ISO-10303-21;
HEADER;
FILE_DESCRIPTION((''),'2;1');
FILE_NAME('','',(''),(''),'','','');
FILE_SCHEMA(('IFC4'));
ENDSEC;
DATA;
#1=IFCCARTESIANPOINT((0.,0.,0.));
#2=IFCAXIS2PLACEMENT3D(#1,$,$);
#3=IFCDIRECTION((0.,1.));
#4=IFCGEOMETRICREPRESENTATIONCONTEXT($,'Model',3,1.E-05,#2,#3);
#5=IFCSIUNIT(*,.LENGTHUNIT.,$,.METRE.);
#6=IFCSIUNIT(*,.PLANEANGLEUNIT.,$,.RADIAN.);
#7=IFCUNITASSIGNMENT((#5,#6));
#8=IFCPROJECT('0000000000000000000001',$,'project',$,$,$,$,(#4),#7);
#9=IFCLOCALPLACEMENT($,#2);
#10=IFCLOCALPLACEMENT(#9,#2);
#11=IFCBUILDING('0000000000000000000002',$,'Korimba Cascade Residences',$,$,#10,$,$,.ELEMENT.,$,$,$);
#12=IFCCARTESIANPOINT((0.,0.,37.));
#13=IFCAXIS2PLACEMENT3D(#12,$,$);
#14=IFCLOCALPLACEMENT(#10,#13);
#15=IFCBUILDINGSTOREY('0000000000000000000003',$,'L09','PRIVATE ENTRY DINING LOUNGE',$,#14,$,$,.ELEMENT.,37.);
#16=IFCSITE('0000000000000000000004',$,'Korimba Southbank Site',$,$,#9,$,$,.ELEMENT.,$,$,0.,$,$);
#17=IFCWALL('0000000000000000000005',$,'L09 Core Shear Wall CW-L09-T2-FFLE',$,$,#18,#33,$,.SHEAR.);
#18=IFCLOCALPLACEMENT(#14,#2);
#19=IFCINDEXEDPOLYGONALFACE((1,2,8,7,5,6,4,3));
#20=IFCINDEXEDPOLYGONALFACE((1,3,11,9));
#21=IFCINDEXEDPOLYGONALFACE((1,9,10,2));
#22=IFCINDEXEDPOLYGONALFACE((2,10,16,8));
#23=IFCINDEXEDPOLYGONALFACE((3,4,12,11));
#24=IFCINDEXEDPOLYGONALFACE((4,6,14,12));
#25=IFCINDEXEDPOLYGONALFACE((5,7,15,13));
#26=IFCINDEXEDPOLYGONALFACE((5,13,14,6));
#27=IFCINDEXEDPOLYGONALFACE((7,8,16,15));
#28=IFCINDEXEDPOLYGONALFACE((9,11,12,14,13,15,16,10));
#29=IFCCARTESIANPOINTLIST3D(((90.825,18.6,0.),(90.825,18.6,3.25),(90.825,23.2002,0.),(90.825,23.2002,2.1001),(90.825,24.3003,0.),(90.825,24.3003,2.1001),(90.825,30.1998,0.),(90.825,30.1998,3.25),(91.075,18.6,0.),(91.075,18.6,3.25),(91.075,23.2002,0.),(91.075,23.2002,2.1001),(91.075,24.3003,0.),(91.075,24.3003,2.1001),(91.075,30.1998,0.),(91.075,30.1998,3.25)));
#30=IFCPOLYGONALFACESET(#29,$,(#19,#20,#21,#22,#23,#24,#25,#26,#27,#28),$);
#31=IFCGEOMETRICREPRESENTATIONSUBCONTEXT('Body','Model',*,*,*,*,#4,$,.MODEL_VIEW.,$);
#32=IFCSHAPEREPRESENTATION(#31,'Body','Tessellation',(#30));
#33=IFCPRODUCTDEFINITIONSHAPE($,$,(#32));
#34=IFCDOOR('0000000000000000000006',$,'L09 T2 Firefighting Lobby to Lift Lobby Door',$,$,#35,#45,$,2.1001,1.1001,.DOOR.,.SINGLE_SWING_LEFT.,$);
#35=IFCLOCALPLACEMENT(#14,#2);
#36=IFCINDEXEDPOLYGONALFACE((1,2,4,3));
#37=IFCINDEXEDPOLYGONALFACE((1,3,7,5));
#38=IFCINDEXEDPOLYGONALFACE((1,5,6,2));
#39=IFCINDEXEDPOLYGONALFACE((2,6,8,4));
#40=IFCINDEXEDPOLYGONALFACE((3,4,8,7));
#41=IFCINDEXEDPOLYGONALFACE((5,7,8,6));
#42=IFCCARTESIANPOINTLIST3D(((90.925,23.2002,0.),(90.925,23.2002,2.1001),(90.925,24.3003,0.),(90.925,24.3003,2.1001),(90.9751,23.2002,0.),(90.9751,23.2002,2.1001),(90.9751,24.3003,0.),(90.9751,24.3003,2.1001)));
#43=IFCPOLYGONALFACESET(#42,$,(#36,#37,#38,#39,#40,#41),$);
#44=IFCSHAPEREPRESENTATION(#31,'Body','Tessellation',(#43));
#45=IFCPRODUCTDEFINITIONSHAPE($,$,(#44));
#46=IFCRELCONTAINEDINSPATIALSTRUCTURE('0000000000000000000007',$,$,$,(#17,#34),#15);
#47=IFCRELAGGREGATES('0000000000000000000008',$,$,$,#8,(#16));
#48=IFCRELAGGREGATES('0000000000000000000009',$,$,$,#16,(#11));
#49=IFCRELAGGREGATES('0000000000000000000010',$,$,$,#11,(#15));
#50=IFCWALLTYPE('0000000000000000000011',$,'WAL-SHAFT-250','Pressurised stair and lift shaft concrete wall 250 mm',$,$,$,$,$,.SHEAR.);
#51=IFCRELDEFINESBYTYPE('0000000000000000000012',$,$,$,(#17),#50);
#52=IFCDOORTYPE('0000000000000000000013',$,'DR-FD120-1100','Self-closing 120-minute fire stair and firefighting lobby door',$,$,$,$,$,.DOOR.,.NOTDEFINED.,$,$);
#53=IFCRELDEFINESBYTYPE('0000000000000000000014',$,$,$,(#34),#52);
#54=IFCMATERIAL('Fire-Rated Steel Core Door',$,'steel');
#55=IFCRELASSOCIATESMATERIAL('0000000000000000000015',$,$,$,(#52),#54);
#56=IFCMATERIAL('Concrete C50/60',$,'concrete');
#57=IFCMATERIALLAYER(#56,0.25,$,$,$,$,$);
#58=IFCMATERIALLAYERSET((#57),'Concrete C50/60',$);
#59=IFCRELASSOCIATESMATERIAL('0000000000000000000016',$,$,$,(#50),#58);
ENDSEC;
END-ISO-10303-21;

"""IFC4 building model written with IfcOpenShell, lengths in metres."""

from ifc_helpers import new_model, si_unit, direction, frame, frame_2d, origin, place, context, subcontext, project, spatial, rectangle, extrude, material, layer, layer_set, type_object, element, fill, save


model = new_model("IFC4")

# Units and contexts
model_context = context("Model", 3, precision=1e-05, world=origin(), true_north=direction((0.0, 1.0)))
body_context = subcontext(model_context, "Body", "Model", "MODEL_VIEW")
ifc_project = project(units=[si_unit("LENGTHUNIT", "METRE"), si_unit("PLANEANGLEUNIT", "RADIAN")], contexts=[model_context])

# Site, building, storey
site_placement = place(None, origin())
site = spatial("IfcSite", under=ifc_project, at=site_placement, Name="Korimba Southbank Site", CompositionType="ELEMENT", RefElevation=0.0)
building_placement = place(site_placement, origin())
building = spatial("IfcBuilding", under=site, at=building_placement, Name="Korimba Cascade Residences", CompositionType="ELEMENT")
storey_placement = place(building_placement, frame((0.0, 0.0, 37.0)))
storey = spatial("IfcBuildingStorey", under=building, at=storey_placement, Name="L09", Description="PRIVATE ENTRY DINING LOUNGE", CompositionType="ELEMENT", Elevation=37.0)

# Shared definitions
ifc_material_1 = material(Name="Concrete C50/60", Category="concrete")

# Shared definitions
ifc_material_2 = material(Name="Fire-Rated Steel Core Door", Category="steel")
door_type_1 = type_object("IfcDoorType", Name="DR-FD120-1100", Description="Self-closing 120-minute fire stair and firefighting lobby door", OperationType="NOTDEFINED", PredefinedType="DOOR", material=ifc_material_2)

# Shared definitions
ifc_layer_1 = layer(ifc_material_1, 0.25)
ifc_layer_set_1 = layer_set([ifc_layer_1], Name="Concrete C50/60")
wall_type_1 = type_object("IfcWallType", Name="WAL-SHAFT-250", Description="Pressurised stair and lift shaft concrete wall 250 mm", PredefinedType="SHEAR", material=ifc_layer_set_1)

# Wall, opening, door
wall_1_placement = place(storey_placement, frame((90.95, 18.6001, 0.0), z_axis=(0.0, 0.0, 1.0), x_axis=(0.0, 1.0, 0.0)))
wall_1 = element("IfcWall", 1, at=wall_1_placement, inside=storey, type_object=wall_type_1, Name="L09 Core Shear Wall CW-L09-T2-FFLE", PredefinedType="SHEAR", context=body_context, shape_type="SweptSolid", body=[
    extrude(rectangle(XDim=11.5999, YDim=0.25, at=frame_2d((5.7998, 0.0))), origin(), (0.0, 0.0, 1.0), 3.25),
])
opening_1_placement = place(wall_1_placement, frame((4.6001, 0.0, 0.0)))
opening_1 = element("IfcOpeningElement", 2, at=opening_1_placement, cuts=wall_1, PredefinedType="OPENING", context=body_context, shape_type="SweptSolid", body=[
    extrude(rectangle(XDim=1.1001, YDim=2.1001, at=frame_2d((0.55, 1.05))), frame((0.0, 0.135, 0.0), z_axis=(0.0, -1.0, 0.0), x_axis=(1.0, 0.0, 0.0)), (0.0, 0.0, 1.0), 0.27),
])
door_1_placement = place(opening_1_placement, origin())
door_1 = element("IfcDoor", 3, at=door_1_placement, inside=storey, type_object=door_type_1, Name="L09 T2 Firefighting Lobby to Lift Lobby Door", OperationType="SINGLE_SWING_LEFT", OverallHeight=2.1001, OverallWidth=1.1001, PredefinedType="DOOR", context=body_context, shape_type="SweptSolid", body=[
    extrude(rectangle(XDim=1.1001, YDim=2.1001, at=frame_2d((0.55, 1.05))), frame((0.0, 0.0249, 0.0), z_axis=(0.0, -1.0, 0.0), x_axis=(1.0, 0.0, 0.0)), (0.0, 0.0, 1.0), 0.05),
])
fill(opening_1, door_1)

save(model, "model.ifc")
